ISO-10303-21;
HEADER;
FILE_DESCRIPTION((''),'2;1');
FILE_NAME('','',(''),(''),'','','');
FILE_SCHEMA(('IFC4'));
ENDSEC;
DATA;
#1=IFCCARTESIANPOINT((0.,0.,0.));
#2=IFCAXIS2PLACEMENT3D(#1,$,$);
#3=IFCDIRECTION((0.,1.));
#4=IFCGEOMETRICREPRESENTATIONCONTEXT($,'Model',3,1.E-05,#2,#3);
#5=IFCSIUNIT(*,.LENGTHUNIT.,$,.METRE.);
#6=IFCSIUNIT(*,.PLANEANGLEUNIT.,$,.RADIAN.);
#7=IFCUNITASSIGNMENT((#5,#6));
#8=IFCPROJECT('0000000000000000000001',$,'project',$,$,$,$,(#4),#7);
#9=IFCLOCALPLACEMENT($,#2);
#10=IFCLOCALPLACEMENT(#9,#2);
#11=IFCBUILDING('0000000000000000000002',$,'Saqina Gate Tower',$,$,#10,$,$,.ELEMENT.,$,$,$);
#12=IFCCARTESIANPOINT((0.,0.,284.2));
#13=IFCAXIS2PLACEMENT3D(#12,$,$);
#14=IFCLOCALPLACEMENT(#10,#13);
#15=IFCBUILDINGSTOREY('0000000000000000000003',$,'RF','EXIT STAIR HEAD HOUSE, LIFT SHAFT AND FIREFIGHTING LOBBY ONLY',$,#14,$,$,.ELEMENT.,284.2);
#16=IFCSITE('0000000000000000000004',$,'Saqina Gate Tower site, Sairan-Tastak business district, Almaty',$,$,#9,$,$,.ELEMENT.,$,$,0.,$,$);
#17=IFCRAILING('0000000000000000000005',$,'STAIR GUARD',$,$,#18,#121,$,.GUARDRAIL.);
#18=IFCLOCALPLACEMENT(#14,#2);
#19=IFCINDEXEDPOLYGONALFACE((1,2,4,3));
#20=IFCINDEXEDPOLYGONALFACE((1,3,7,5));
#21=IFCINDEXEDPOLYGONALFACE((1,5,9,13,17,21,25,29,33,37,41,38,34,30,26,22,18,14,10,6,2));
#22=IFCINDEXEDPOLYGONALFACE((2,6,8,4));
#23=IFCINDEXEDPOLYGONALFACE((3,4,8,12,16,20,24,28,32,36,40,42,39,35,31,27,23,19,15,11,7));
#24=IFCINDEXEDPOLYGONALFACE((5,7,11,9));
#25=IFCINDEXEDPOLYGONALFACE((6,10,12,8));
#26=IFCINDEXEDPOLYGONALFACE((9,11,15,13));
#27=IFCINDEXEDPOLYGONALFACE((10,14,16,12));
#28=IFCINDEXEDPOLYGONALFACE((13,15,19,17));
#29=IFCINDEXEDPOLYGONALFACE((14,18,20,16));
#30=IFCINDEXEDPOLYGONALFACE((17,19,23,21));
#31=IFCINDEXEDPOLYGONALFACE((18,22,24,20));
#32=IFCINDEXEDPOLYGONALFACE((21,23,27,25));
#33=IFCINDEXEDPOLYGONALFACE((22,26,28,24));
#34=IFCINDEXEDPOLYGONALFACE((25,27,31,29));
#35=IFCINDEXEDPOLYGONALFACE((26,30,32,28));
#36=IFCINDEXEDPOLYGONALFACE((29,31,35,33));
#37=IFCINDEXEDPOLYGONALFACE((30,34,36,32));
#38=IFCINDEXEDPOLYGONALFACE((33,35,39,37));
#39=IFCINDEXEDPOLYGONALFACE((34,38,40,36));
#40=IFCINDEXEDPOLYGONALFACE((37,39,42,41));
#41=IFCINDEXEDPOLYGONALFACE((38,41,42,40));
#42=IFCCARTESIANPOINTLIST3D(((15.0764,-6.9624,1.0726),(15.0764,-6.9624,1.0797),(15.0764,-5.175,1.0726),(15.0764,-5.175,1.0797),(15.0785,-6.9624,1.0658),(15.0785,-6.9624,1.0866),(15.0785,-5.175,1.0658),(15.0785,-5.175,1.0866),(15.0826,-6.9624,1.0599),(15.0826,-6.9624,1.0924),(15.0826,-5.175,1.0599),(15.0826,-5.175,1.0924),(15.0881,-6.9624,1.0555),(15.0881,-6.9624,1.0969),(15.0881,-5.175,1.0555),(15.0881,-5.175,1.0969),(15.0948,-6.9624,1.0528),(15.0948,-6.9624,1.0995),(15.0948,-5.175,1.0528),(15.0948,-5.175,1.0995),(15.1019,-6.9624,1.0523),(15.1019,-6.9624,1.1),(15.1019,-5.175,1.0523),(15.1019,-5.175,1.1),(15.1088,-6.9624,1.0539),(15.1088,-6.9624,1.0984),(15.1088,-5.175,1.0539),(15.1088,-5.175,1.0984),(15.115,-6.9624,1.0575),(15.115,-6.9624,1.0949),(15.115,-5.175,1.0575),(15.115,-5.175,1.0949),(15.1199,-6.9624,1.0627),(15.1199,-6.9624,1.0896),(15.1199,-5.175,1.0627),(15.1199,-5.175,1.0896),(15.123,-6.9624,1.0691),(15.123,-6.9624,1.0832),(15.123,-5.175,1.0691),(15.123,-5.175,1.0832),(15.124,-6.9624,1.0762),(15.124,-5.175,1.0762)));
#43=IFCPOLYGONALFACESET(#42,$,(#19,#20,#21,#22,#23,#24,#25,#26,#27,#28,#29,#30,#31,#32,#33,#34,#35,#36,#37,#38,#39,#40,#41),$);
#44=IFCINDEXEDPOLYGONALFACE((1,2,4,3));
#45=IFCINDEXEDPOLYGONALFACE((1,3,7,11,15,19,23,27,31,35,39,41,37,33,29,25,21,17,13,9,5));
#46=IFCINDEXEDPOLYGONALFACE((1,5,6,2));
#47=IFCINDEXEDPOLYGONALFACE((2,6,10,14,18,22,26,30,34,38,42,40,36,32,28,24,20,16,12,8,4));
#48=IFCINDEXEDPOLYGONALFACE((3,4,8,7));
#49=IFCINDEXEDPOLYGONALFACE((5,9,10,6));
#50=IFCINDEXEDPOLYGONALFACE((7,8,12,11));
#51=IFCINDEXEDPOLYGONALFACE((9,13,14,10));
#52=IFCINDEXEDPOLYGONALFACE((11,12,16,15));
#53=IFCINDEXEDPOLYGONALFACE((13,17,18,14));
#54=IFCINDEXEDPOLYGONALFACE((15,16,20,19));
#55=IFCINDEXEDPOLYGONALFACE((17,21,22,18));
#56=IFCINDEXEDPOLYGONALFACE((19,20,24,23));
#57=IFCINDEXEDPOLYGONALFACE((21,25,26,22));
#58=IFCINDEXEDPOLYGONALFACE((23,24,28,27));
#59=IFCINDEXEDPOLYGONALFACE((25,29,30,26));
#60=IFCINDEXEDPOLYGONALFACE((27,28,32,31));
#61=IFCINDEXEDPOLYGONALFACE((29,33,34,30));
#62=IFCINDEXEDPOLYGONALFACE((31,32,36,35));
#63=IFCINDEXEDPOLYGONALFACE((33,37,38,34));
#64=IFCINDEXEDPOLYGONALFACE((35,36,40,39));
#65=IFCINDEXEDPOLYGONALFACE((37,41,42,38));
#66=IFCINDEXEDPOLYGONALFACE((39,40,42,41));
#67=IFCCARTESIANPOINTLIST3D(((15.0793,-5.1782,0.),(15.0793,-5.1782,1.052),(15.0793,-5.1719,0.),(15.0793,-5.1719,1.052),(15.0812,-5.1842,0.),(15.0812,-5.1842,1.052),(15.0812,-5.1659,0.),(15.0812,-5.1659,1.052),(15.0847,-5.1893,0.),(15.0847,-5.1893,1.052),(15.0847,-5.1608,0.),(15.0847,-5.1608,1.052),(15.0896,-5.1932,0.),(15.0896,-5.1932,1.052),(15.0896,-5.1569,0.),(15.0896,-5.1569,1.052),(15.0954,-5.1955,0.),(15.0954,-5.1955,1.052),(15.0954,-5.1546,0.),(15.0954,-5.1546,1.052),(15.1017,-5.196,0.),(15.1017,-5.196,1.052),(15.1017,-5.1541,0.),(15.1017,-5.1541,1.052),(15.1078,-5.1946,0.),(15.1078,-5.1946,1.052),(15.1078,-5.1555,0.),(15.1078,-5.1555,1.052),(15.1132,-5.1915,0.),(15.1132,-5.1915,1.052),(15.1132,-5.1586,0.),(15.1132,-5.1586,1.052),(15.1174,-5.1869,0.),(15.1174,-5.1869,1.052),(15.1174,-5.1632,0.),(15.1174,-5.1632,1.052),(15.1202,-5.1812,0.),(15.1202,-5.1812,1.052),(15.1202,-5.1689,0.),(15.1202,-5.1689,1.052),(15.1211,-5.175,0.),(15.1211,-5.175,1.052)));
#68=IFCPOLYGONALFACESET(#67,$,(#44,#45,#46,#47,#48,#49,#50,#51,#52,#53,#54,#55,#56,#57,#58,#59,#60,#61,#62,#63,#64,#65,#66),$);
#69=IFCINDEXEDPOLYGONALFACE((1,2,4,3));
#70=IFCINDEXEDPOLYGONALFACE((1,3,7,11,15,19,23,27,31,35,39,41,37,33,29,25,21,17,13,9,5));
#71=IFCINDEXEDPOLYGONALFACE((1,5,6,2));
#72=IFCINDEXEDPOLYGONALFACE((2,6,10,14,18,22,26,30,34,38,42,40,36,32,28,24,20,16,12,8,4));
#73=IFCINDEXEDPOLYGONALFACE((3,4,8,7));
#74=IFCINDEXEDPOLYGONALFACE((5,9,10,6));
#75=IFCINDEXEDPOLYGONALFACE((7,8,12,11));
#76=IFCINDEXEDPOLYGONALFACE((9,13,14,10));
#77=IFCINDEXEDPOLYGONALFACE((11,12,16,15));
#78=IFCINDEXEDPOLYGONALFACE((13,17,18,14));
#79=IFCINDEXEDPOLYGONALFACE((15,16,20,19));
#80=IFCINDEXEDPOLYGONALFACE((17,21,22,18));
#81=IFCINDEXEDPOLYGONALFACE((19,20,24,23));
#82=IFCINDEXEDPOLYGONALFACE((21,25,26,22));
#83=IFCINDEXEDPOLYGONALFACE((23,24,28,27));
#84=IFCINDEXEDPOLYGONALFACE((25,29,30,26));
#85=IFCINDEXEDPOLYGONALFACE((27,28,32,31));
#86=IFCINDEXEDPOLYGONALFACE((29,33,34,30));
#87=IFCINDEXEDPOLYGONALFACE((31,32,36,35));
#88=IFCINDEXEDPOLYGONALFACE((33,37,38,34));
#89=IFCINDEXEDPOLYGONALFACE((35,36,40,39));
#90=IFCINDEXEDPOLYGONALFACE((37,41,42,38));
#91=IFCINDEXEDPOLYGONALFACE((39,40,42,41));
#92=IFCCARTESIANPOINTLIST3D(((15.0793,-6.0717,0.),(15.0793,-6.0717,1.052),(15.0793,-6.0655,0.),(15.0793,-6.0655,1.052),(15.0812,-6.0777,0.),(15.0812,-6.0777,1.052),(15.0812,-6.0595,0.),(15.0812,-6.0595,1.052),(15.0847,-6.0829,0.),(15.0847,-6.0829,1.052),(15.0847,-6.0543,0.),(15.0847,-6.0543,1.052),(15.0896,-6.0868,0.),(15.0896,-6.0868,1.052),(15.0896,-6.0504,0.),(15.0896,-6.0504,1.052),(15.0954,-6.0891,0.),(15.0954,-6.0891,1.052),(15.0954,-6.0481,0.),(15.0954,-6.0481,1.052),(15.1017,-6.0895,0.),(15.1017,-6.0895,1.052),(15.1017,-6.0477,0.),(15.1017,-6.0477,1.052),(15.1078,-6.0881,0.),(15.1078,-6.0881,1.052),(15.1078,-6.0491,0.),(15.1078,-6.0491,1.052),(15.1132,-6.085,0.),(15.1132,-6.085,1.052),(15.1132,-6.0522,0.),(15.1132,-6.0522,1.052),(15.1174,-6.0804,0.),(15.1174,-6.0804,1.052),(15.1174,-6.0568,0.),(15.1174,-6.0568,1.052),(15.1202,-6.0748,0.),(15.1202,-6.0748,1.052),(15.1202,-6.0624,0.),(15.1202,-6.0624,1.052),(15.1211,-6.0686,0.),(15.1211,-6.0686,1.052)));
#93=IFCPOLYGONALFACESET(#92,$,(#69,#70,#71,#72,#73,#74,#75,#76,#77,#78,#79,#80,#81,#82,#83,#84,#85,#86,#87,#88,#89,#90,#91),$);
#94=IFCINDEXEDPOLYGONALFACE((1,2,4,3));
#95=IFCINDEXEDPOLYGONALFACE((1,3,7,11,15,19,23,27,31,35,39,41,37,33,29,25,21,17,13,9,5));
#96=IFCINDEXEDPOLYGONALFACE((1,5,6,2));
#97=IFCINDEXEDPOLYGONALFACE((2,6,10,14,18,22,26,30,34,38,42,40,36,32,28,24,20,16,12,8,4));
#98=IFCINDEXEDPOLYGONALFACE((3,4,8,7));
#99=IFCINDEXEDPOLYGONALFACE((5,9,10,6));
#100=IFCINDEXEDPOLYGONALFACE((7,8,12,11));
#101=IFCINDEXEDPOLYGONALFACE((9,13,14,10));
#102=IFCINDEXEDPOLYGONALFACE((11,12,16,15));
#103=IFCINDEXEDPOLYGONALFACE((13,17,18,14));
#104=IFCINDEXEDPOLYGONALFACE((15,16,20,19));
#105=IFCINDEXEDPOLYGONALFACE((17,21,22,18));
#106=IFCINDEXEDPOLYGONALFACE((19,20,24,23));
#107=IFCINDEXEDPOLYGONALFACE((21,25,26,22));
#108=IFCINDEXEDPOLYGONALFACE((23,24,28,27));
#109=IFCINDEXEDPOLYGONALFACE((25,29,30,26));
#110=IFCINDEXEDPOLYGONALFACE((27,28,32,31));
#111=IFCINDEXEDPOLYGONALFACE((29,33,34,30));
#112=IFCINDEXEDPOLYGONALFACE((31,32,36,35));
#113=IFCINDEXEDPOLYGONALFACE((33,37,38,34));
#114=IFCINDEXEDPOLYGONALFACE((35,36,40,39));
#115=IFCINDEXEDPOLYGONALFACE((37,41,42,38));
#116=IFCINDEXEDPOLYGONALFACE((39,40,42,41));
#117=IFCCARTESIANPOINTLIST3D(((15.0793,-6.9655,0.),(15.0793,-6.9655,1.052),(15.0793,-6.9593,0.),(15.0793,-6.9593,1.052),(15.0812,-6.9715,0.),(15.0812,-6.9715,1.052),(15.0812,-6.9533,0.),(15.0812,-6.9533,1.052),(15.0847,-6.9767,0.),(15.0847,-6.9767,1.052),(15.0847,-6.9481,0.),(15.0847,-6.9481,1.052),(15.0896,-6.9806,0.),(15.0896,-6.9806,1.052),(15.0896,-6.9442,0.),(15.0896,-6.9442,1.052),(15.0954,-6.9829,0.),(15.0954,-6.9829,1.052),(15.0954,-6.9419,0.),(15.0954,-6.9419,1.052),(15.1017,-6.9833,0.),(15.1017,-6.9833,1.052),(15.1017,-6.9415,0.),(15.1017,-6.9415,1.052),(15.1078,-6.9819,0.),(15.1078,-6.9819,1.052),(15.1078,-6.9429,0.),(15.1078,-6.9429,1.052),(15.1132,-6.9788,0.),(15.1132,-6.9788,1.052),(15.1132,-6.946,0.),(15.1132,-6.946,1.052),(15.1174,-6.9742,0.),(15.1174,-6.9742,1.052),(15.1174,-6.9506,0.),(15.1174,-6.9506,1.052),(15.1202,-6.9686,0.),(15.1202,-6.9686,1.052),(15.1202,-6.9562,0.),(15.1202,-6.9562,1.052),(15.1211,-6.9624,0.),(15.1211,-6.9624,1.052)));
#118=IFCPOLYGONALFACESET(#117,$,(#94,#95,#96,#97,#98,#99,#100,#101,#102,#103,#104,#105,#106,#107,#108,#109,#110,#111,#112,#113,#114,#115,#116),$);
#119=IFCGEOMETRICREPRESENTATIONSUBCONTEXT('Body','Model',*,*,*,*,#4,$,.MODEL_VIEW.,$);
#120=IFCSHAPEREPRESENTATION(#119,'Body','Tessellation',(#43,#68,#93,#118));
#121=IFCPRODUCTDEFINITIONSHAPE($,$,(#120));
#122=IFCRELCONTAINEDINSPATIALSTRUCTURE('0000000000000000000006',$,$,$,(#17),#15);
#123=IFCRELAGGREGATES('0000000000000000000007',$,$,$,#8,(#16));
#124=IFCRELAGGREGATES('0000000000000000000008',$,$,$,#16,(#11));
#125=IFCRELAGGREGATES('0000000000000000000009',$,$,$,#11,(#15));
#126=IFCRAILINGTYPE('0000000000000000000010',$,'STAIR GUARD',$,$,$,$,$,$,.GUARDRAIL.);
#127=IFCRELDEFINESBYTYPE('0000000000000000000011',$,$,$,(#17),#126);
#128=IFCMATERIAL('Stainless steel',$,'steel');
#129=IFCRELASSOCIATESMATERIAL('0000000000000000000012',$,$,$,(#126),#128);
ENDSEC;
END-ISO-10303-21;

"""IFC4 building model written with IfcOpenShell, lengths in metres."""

from ifc_helpers import new_model, si_unit, direction, frame, origin, origin_2d, place, context, subcontext, project, spatial, circle, extrude, material, type_object, element, save


model = new_model("IFC4")

# Units and contexts
model_context = context("Model", 3, precision=1e-05, world=origin(), true_north=direction((0.0, 1.0)))
body_context = subcontext(model_context, "Body", "Model", "MODEL_VIEW")
ifc_project = project(units=[si_unit("LENGTHUNIT", "METRE"), si_unit("PLANEANGLEUNIT", "RADIAN")], contexts=[model_context])

# Site, building, storey
site_placement = place(None, origin())
site = spatial("IfcSite", under=ifc_project, at=site_placement, Name="Saqina Gate Tower site, Sairan-Tastak business district, Almaty", CompositionType="ELEMENT", RefElevation=0.0)
building_placement = place(site_placement, origin())
building = spatial("IfcBuilding", under=site, at=building_placement, Name="Saqina Gate Tower", CompositionType="ELEMENT")
storey_placement = place(building_placement, frame((0.0, 0.0, 284.2)))
storey = spatial("IfcBuildingStorey", under=building, at=storey_placement, Name="RF", Description="EXIT STAIR HEAD HOUSE, LIFT SHAFT AND FIREFIGHTING LOBBY ONLY", CompositionType="ELEMENT", Elevation=284.2)

# Railing
ifc_material_1 = material(Name="Stainless steel", Category="steel")
railing_type = type_object("IfcRailingType", Name="STAIR GUARD", PredefinedType="GUARDRAIL", material=ifc_material_1)
railing_placement = place(storey_placement, frame((15.1001, -5.175, 0.0)))
element("IfcRailing", 1, at=railing_placement, inside=storey, type_object=railing_type, Name="STAIR GUARD", PredefinedType="GUARDRAIL", context=body_context, shape_type="SweptSolid", body=[
    extrude(circle(Radius=0.0239, at=origin_2d()), frame((0.0, 0.0, 1.0762), z_axis=(0.0, -1.0, 0.0), x_axis=(1.0, 0.0, 0.0)), (0.0, 0.0, 1.0), 1.7874),
    extrude(circle(Radius=0.021, at=origin_2d()), origin(), (0.0, 0.0, 1.0), 1.052),
    extrude(circle(Radius=0.021, at=origin_2d()), frame((0.0, -0.8936, 0.0)), (0.0, 0.0, 1.0), 1.052),
    extrude(circle(Radius=0.021, at=origin_2d()), frame((0.0, -1.7874, 0.0)), (0.0, 0.0, 1.0), 1.052),
])

save(model, "model.ifc")
